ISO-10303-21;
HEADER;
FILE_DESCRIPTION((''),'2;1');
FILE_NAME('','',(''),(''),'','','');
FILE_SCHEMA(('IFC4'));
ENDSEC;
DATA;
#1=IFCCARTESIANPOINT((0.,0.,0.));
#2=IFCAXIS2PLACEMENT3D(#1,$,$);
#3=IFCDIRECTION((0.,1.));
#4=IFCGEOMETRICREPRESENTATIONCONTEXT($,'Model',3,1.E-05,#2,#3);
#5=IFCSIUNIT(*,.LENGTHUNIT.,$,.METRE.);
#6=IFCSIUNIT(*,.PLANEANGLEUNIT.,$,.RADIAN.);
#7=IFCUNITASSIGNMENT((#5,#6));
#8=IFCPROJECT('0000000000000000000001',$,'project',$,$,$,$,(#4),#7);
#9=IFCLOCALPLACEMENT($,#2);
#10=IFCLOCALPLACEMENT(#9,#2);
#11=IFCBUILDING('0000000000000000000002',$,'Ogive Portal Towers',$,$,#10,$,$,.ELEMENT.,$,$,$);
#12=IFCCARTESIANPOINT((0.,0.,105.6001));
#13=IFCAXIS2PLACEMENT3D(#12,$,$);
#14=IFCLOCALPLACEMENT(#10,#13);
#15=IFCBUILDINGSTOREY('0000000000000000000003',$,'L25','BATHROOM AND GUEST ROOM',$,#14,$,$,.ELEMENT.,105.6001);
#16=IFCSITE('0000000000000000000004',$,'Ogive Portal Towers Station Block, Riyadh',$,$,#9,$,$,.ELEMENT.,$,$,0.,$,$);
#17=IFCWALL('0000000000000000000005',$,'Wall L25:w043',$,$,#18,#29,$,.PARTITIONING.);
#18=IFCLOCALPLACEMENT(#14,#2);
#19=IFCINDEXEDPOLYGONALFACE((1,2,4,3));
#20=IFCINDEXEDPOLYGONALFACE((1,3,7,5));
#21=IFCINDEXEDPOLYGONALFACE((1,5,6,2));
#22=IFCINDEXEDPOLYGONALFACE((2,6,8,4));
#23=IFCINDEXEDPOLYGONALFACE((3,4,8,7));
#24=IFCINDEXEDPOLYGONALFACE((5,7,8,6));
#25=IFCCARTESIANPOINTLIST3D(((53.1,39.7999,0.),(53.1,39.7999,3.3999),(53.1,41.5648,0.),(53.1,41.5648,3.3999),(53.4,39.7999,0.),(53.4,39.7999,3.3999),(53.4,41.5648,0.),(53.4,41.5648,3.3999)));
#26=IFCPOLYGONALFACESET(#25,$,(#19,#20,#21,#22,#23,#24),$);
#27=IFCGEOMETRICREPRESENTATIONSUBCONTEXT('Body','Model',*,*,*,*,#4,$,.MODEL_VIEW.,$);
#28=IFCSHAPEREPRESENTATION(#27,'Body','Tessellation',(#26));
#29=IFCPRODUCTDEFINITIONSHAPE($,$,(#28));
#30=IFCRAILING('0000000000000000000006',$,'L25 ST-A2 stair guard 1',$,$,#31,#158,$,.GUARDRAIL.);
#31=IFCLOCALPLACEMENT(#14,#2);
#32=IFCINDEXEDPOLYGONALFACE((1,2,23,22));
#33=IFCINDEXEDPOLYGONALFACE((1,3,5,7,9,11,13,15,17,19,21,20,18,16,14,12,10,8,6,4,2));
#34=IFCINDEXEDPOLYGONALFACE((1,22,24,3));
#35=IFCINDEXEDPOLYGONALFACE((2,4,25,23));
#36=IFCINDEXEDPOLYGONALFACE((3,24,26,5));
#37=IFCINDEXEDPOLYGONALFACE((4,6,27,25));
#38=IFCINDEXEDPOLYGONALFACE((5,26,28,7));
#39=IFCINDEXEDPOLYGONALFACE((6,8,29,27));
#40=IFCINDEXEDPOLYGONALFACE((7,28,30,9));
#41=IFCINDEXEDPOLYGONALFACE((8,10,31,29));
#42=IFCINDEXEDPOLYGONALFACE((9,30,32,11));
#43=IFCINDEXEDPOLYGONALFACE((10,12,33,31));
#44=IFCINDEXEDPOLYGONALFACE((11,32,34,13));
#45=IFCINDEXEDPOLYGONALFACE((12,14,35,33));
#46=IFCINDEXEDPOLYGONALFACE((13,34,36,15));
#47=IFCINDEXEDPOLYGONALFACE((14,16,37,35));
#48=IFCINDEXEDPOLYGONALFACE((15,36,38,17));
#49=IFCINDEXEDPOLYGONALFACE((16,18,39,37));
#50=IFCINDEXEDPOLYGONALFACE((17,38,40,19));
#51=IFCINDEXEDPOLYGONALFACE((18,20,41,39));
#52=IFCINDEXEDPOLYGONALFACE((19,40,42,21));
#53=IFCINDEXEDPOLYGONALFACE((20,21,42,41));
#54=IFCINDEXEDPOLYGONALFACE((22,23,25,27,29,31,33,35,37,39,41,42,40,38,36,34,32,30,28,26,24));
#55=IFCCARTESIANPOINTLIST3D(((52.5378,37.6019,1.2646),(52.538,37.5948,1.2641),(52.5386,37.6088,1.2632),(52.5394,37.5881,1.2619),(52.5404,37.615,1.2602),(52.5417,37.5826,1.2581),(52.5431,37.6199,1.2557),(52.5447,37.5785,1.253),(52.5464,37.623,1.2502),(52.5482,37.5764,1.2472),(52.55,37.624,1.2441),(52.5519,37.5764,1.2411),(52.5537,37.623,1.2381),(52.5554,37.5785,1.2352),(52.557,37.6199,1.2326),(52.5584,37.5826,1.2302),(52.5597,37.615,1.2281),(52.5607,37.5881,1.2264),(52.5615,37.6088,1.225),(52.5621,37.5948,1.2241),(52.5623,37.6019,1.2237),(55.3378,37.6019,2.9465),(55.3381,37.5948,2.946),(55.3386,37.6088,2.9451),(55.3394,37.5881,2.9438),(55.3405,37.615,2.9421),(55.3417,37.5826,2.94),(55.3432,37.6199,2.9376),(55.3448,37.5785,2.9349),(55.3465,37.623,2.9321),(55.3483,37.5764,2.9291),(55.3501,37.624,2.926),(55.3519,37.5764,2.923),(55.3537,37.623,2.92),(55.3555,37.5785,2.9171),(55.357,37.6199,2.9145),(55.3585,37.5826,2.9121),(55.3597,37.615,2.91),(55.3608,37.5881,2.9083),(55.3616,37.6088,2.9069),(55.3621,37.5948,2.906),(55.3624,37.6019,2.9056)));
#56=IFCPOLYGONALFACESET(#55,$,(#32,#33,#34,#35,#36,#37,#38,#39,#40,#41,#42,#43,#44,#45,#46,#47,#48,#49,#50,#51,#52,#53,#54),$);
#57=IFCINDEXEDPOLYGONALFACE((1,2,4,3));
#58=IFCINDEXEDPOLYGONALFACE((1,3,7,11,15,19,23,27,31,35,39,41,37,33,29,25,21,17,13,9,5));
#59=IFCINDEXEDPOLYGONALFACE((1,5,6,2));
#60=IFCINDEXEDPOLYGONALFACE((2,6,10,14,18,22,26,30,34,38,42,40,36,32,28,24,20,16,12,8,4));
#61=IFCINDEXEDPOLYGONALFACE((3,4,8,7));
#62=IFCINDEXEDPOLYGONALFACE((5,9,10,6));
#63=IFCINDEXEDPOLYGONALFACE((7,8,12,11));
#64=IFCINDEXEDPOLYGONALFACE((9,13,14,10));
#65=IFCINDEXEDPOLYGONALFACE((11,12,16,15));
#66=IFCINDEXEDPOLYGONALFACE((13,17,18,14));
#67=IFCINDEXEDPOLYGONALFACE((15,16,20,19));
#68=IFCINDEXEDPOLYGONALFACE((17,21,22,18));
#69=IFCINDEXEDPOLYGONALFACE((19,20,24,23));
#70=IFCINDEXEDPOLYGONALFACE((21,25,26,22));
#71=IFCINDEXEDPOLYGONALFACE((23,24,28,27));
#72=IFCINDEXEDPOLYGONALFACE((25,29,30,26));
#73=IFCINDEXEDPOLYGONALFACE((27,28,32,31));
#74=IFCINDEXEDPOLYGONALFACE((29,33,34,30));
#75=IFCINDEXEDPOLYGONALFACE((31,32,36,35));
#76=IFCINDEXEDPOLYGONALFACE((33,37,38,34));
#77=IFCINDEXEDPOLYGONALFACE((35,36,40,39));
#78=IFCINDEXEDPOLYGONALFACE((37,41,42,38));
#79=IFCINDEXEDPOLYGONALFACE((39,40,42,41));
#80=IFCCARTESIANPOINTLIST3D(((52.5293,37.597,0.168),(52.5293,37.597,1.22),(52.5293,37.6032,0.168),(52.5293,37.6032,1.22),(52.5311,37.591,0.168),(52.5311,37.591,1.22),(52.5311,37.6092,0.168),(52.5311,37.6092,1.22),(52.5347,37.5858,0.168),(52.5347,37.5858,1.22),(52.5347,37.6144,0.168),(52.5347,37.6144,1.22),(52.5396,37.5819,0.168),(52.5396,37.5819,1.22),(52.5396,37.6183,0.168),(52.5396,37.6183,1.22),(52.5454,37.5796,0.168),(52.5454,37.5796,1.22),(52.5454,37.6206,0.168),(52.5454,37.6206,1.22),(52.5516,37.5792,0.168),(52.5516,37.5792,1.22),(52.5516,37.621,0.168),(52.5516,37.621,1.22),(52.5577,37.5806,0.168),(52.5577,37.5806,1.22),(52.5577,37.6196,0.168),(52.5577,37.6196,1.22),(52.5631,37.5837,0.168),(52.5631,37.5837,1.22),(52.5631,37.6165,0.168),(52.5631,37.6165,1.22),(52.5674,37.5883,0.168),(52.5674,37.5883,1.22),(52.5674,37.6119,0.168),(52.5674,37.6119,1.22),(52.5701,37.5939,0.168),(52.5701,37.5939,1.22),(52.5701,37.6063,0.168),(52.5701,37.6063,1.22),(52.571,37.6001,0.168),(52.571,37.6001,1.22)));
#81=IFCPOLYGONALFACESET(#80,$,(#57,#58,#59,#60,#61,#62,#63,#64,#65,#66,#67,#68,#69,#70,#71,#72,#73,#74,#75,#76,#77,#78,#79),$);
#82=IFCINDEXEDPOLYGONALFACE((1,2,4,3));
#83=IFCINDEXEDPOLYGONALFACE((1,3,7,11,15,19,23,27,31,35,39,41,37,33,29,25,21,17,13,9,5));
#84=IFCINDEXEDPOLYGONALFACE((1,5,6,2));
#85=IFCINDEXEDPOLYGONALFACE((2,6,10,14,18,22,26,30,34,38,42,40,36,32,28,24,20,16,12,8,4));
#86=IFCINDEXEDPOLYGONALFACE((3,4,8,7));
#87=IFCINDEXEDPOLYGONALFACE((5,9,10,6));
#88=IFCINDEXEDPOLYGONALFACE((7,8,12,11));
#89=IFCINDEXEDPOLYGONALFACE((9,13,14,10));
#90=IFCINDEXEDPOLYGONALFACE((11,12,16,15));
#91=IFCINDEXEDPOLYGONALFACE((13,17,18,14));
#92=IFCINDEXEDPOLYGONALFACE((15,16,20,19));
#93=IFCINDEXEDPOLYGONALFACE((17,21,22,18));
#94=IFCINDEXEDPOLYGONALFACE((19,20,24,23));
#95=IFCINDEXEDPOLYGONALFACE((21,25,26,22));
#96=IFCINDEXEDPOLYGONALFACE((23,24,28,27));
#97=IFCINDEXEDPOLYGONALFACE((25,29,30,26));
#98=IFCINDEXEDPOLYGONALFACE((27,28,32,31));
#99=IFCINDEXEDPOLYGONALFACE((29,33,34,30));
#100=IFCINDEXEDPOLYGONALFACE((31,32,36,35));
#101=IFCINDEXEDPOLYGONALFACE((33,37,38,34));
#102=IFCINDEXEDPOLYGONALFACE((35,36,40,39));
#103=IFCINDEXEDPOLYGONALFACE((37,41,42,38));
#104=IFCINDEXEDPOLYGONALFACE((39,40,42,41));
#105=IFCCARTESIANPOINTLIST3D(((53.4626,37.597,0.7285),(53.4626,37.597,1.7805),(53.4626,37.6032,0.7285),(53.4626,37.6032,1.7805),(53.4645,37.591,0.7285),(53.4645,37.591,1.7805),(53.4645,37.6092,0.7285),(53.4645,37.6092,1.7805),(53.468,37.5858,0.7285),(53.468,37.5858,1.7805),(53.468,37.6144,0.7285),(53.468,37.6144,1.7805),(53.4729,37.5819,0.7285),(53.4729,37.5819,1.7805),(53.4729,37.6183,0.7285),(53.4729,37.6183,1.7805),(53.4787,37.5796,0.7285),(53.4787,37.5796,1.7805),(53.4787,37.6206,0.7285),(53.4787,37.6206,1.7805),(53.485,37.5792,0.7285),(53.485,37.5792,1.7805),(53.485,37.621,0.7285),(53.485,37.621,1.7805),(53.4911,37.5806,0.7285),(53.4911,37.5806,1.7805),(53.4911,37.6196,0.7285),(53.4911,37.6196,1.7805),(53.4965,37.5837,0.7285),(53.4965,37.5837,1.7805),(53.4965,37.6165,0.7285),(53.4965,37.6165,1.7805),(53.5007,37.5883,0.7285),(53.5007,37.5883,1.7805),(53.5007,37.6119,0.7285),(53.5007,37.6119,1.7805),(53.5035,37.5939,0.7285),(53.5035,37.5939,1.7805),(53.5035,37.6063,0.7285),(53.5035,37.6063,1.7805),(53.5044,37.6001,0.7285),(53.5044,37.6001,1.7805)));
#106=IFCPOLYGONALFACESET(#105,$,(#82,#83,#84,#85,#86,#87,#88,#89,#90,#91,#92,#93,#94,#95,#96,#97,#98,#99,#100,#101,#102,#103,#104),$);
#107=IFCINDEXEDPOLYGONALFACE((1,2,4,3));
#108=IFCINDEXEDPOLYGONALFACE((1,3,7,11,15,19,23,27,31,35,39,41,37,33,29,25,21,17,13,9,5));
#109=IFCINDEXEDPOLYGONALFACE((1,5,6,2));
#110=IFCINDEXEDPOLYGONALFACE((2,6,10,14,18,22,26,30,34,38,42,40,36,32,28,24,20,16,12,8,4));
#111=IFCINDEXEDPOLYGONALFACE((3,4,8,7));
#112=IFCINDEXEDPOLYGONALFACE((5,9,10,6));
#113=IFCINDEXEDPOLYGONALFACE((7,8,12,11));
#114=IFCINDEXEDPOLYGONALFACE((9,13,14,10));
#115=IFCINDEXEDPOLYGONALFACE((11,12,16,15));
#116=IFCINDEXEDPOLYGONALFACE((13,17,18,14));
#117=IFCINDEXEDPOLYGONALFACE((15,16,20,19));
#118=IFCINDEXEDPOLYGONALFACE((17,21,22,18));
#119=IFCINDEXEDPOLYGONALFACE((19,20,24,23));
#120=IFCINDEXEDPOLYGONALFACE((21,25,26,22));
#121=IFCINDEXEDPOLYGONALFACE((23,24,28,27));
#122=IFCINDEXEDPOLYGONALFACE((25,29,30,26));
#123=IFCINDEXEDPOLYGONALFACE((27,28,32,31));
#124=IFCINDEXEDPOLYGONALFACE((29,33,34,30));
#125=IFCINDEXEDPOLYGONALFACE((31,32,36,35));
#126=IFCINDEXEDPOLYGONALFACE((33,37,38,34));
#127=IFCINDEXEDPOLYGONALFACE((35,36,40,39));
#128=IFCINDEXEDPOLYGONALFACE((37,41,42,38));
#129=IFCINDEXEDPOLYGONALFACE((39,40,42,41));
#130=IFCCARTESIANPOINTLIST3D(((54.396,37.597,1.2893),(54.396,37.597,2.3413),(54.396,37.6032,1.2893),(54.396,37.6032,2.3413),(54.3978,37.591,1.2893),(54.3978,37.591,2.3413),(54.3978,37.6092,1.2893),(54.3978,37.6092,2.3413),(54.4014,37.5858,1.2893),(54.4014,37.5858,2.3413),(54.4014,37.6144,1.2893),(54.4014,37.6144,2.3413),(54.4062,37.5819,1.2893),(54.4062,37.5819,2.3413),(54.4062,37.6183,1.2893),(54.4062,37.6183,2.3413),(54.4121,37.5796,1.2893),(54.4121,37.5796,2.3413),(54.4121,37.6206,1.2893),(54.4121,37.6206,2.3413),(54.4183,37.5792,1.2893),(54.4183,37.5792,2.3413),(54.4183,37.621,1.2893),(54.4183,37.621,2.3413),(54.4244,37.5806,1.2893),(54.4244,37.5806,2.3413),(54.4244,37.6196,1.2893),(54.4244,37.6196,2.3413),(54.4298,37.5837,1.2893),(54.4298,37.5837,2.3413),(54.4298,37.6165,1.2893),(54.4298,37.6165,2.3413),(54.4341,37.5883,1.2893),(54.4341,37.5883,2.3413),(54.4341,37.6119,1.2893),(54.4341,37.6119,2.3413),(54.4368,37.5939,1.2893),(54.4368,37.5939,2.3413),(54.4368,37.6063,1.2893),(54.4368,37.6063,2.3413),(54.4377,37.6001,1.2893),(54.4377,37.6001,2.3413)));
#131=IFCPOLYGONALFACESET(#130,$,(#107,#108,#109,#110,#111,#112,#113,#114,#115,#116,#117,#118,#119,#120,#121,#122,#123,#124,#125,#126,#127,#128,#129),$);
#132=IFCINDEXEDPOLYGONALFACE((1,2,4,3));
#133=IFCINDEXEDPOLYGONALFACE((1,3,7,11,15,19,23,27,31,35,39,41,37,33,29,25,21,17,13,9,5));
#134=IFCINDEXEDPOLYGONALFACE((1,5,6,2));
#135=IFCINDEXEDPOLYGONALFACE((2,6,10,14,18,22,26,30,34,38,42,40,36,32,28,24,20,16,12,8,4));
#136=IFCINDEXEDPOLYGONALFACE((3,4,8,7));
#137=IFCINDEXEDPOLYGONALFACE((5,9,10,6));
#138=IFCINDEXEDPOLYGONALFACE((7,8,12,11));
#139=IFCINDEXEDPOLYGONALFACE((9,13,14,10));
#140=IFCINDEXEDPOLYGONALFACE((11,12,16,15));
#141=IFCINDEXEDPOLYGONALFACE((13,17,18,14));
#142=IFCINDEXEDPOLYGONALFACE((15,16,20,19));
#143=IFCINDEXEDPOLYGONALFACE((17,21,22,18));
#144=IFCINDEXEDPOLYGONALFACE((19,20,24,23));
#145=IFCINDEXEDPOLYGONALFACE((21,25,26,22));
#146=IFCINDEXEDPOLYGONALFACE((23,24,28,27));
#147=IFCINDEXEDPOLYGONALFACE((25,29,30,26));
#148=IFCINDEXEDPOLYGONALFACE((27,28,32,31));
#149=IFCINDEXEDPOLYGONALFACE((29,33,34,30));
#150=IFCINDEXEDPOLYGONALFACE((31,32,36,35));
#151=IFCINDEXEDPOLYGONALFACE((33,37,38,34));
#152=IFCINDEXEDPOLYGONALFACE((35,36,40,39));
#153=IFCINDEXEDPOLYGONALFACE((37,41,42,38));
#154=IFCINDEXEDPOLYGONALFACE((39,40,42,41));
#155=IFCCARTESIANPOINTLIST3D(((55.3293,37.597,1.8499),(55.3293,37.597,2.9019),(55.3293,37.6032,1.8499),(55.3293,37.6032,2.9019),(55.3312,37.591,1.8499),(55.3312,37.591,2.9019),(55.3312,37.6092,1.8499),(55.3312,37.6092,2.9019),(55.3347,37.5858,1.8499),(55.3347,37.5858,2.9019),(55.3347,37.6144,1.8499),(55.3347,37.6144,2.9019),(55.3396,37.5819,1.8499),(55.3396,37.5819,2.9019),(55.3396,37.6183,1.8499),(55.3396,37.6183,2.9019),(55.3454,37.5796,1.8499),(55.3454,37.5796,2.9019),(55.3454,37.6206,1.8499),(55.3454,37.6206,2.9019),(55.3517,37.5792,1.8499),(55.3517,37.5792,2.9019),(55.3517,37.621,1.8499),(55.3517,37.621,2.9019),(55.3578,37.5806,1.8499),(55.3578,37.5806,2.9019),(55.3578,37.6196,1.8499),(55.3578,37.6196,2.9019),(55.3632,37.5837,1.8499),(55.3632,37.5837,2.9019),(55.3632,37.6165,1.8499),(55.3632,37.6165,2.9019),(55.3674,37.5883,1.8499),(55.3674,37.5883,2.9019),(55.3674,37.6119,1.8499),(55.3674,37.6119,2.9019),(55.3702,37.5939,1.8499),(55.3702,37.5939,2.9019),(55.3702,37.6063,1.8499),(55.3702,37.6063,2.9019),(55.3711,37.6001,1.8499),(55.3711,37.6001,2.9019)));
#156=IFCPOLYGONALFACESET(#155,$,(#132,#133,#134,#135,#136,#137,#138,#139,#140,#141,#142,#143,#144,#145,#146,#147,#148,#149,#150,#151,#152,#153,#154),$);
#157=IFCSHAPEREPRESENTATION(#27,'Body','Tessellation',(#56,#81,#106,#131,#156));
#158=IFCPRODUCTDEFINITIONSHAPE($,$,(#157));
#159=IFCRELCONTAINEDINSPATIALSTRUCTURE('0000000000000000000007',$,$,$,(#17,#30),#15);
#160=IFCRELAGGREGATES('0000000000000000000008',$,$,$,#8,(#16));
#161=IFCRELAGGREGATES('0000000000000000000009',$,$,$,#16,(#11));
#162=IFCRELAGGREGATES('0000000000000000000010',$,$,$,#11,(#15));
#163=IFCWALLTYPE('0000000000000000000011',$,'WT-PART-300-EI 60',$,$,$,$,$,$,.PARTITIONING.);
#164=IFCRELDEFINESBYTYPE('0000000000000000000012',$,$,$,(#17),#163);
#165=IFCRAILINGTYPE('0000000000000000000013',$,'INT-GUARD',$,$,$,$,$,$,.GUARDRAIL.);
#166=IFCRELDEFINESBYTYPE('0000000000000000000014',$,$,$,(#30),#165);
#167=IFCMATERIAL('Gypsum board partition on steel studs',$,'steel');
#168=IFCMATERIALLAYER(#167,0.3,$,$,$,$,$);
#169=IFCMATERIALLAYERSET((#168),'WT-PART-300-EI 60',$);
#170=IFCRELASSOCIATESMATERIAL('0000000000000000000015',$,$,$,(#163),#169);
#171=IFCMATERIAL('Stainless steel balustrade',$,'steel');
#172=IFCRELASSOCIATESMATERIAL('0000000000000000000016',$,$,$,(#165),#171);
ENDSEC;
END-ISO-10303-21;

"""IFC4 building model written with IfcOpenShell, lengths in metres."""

from ifc_helpers import new_model, si_unit, direction, frame, frame_2d, origin, origin_2d, place, context, subcontext, project, spatial, rectangle, circle, extrude, material, layer, layer_set, type_object, element, save


model = new_model("IFC4")

# Units and contexts
model_context = context("Model", 3, precision=1e-05, world=origin(), true_north=direction((0.0, 1.0)))
body_context = subcontext(model_context, "Body", "Model", "MODEL_VIEW")
ifc_project = project(units=[si_unit("LENGTHUNIT", "METRE"), si_unit("PLANEANGLEUNIT", "RADIAN")], contexts=[model_context])

# Site, building, storey
site_placement = place(None, origin())
site = spatial("IfcSite", under=ifc_project, at=site_placement, Name="Ogive Portal Towers Station Block, Riyadh", CompositionType="ELEMENT", RefElevation=0.0)
building_placement = place(site_placement, origin())
building = spatial("IfcBuilding", under=site, at=building_placement, Name="Ogive Portal Towers", CompositionType="ELEMENT")
storey_placement = place(building_placement, frame((0.0, 0.0, 105.6001)))
storey = spatial("IfcBuildingStorey", under=building, at=storey_placement, Name="L25", Description="BATHROOM AND GUEST ROOM", CompositionType="ELEMENT", Elevation=105.6001)

# Wall
ifc_material_1 = material(Name="Gypsum board partition on steel studs", Category="steel")
ifc_layer_1 = layer(ifc_material_1, 0.3)
ifc_layer_set_1 = layer_set([ifc_layer_1], Name="WT-PART-300-EI 60")
wall_type_1 = type_object("IfcWallType", Name="WT-PART-300-EI 60", PredefinedType="PARTITIONING", material=ifc_layer_set_1)
wall_1_placement = place(storey_placement, frame((53.25, 39.8, 0.0), z_axis=(0.0, 0.0, 1.0), x_axis=(0.0, 1.0, 0.0)))
element("IfcWall", 1, at=wall_1_placement, inside=storey, type_object=wall_type_1, Name="Wall L25:w043", PredefinedType="PARTITIONING", context=body_context, shape_type="SweptSolid", body=[
    extrude(rectangle(XDim=1.7649, YDim=0.3, at=frame_2d((0.8823, 0.0))), origin(), (0.0, 0.0, 1.0), 3.3999),
])

# Railing
ifc_material_2 = material(Name="Stainless steel balustrade", Category="steel")
railing_type_1 = type_object("IfcRailingType", Name="INT-GUARD", PredefinedType="GUARDRAIL", material=ifc_material_2)
railing_1_placement = place(storey_placement, frame((52.55, 37.6001, 0.168)))
element("IfcRailing", 2, at=railing_1_placement, inside=storey, type_object=railing_type_1, Name="L25 ST-A2 stair guard 1", PredefinedType="GUARDRAIL", context=body_context, shape_type="SweptSolid", body=[
    extrude(circle(Radius=0.0239, at=origin_2d()), frame((0.0, 0.0, 1.0762), z_axis=(0.857242, 0.0, 0.514913), x_axis=(0.0, 1.0, 0.0)), (0.0, 0.0, 1.0), 3.2664),
    extrude(circle(Radius=0.021, at=origin_2d()), origin(), (0.0, 0.0, 1.0), 1.052),
    extrude(circle(Radius=0.021, at=origin_2d()), frame((0.9333, 0.0, 0.5605)), (0.0, 0.0, 1.0), 1.052),
    extrude(circle(Radius=0.021, at=origin_2d()), frame((1.8667, 0.0, 1.1213)), (0.0, 0.0, 1.0), 1.052),
    extrude(circle(Radius=0.021, at=origin_2d()), frame((2.8, 0.0, 1.6819)), (0.0, 0.0, 1.0), 1.052),
])

save(model, "model.ifc")
